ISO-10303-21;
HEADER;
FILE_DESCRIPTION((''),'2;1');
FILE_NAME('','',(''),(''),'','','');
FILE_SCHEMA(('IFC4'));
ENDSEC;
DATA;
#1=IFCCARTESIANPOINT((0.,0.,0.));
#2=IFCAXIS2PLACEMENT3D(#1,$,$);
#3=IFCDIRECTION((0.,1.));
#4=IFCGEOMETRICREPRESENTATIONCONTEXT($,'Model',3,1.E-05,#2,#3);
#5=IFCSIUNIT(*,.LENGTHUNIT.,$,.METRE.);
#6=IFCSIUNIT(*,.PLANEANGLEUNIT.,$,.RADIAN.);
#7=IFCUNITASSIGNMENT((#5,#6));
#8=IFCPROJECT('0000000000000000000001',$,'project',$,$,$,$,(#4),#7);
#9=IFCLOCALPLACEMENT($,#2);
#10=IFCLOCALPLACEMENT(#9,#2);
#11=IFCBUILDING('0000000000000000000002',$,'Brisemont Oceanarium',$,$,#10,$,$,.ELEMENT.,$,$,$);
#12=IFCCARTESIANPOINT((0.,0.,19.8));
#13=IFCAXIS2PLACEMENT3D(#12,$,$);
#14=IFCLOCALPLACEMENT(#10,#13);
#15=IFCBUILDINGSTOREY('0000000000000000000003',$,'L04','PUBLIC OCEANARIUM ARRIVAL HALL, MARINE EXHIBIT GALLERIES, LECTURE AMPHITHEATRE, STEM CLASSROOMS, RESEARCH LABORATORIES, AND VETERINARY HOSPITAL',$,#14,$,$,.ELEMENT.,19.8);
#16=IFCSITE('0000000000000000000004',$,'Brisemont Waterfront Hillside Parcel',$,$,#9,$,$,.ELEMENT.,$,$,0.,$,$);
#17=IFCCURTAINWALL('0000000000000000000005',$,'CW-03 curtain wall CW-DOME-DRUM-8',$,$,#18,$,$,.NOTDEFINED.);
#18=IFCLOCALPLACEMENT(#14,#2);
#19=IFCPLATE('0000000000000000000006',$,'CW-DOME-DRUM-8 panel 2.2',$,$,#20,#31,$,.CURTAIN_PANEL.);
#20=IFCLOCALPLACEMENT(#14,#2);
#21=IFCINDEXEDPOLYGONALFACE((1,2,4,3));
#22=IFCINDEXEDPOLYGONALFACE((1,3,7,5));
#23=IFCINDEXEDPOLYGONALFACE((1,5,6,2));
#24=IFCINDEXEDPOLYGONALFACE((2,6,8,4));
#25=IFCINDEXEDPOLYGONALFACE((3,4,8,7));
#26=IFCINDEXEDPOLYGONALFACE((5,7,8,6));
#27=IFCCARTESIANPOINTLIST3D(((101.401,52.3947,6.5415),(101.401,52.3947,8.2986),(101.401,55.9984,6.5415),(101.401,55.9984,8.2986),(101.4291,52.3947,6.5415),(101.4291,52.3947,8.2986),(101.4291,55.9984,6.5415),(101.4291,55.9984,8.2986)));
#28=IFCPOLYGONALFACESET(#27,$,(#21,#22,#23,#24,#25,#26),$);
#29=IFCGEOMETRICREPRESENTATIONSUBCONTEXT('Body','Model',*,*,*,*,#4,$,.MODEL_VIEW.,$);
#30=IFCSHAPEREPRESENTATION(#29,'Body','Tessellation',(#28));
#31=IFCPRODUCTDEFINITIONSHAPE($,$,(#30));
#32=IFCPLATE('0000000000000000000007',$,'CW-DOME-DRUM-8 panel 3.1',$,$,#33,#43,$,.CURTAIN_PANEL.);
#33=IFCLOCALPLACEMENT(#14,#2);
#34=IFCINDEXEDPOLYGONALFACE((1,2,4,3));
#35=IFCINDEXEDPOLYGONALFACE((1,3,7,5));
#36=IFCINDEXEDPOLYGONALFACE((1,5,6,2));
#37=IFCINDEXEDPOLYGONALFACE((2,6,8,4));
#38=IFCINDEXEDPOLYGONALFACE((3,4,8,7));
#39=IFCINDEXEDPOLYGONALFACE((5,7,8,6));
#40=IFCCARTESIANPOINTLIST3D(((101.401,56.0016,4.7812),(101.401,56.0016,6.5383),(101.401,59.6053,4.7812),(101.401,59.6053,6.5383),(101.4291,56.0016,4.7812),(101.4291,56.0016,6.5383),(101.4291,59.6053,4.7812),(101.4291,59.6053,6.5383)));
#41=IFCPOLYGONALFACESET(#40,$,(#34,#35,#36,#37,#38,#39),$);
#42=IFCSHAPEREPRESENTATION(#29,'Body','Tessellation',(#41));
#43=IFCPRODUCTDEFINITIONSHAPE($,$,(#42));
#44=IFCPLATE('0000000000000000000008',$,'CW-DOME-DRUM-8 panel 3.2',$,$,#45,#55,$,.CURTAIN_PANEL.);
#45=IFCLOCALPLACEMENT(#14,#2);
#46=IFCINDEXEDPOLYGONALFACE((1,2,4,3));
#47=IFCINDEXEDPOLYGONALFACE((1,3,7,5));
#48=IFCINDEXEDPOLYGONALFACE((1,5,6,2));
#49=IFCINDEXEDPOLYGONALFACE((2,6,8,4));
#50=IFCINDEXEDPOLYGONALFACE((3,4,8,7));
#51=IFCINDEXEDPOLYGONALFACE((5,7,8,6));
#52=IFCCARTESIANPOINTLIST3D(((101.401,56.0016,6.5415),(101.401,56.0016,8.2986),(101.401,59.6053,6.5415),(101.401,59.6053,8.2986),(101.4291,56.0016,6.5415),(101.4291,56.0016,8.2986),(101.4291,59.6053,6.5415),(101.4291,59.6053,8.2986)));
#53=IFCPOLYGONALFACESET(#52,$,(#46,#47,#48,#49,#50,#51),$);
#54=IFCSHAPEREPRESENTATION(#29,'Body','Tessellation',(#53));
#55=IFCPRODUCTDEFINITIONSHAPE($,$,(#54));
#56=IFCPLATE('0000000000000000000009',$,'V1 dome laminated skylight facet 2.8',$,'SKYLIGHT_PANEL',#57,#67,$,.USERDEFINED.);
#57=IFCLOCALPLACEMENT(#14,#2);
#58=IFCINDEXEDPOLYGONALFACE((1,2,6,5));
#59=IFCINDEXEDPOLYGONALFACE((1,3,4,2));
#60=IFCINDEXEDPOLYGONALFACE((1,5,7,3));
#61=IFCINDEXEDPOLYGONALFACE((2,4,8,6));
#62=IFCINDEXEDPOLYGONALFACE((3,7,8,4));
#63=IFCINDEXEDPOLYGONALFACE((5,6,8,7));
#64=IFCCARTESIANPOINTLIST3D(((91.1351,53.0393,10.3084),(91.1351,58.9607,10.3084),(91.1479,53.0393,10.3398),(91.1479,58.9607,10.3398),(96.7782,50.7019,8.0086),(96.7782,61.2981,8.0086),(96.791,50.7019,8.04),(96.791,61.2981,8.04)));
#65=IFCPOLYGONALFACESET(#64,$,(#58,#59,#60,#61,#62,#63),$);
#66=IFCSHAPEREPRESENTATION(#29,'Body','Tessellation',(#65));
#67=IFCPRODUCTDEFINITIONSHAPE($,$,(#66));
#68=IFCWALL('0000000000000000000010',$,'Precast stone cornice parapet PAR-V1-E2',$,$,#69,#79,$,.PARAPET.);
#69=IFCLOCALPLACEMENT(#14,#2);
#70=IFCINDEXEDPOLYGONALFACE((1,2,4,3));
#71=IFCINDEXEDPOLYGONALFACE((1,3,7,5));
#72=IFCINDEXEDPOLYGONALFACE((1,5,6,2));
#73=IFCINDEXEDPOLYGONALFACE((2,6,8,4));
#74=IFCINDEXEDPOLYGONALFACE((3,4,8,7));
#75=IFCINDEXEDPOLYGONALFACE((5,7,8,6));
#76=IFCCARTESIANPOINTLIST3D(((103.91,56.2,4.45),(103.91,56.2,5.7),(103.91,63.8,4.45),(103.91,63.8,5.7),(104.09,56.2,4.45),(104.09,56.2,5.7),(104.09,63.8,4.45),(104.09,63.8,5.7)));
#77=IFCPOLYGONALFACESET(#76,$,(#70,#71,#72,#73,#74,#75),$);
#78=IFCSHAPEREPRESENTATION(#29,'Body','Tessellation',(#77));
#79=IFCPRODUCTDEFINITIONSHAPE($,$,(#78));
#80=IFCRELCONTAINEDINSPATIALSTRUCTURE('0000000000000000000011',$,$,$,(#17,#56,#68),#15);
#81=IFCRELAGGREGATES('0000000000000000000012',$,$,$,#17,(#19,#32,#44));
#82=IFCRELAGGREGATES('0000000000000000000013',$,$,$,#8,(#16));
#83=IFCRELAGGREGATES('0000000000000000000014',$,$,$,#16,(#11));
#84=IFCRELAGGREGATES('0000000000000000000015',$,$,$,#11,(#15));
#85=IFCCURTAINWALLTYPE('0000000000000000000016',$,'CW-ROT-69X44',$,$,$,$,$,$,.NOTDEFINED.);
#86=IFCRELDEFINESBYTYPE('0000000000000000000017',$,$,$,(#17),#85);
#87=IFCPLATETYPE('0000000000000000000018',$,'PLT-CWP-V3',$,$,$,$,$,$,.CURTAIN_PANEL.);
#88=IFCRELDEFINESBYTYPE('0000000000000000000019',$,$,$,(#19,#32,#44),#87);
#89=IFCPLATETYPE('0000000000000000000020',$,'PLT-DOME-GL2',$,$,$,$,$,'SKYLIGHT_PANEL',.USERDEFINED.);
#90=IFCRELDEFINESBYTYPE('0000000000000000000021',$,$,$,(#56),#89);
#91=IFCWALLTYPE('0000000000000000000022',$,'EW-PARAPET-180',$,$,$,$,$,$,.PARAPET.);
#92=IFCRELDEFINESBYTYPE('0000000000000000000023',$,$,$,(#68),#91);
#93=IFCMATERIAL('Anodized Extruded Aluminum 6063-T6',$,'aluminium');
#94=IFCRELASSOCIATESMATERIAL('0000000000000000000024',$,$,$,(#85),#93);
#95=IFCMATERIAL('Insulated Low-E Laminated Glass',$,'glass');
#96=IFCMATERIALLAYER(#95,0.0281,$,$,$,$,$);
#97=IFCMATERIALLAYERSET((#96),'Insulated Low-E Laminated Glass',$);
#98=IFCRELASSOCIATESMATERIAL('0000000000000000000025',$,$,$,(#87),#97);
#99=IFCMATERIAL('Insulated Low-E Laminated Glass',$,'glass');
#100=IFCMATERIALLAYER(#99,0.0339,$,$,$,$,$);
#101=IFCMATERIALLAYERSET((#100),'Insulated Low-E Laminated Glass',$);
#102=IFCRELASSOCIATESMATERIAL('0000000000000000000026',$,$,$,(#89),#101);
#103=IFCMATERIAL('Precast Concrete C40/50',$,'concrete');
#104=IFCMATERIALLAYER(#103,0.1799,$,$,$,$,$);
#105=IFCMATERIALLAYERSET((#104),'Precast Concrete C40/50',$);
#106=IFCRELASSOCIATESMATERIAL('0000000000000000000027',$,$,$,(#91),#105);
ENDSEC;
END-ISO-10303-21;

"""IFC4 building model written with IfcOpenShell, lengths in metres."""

from ifc_helpers import new_model, si_unit, direction, frame, frame_2d, origin, origin_2d, place, context, subcontext, project, spatial, polyline, rectangle, outline, extrude, material, layer, layer_set, type_object, element, aggregate, save


model = new_model("IFC4")

# Units and contexts
model_context = context("Model", 3, precision=1e-05, world=origin(), true_north=direction((0.0, 1.0)))
body_context = subcontext(model_context, "Body", "Model", "MODEL_VIEW")
ifc_project = project(units=[si_unit("LENGTHUNIT", "METRE"), si_unit("PLANEANGLEUNIT", "RADIAN")], contexts=[model_context])

# Site, building, storey
site_placement = place(None, origin())
site = spatial("IfcSite", under=ifc_project, at=site_placement, Name="Brisemont Waterfront Hillside Parcel", CompositionType="ELEMENT", RefElevation=0.0)
building_placement = place(site_placement, origin())
building = spatial("IfcBuilding", under=site, at=building_placement, Name="Brisemont Oceanarium", CompositionType="ELEMENT")
storey_placement = place(building_placement, frame((0.0, 0.0, 19.8)))
storey = spatial("IfcBuildingStorey", under=building, at=storey_placement, Name="L04", Description="PUBLIC OCEANARIUM ARRIVAL HALL, MARINE EXHIBIT GALLERIES, LECTURE AMPHITHEATRE, STEM CLASSROOMS, RESEARCH LABORATORIES, AND VETERINARY HOSPITAL", CompositionType="ELEMENT", Elevation=19.8)

# Curtain wall
ifc_material_1 = material(Name="Anodized Extruded Aluminum 6063-T6", Category="aluminium")
curtain_wall_type_1 = type_object("IfcCurtainWallType", Name="CW-ROT-69X44", PredefinedType="NOTDEFINED", material=ifc_material_1)
curtain_wall_1_placement = place(storey_placement, origin())
curtain_wall_1 = element("IfcCurtainWall", 1, at=curtain_wall_1_placement, inside=storey, type_object=curtain_wall_type_1, Name="CW-03 curtain wall CW-DOME-DRUM-8", PredefinedType="NOTDEFINED")

# Plates
ifc_material_2 = material(Name="Insulated Low-E Laminated Glass", Category="glass")
ifc_layer_1 = layer(ifc_material_2, 0.0281)
ifc_layer_set_1 = layer_set([ifc_layer_1], Name="Insulated Low-E Laminated Glass")
plate_type_1 = type_object("IfcPlateType", Name="PLT-CWP-V3", PredefinedType="CURTAIN_PANEL", material=ifc_layer_set_1)
plate_1_placement = place(storey_placement, frame((101.415, 54.1965, 6.5415), z_axis=(0.0, 0.0, 1.0), x_axis=(0.0, 1.0, 0.0)))
plate_1 = element("IfcPlate", 2, at=plate_1_placement, type_object=plate_type_1, Name="CW-DOME-DRUM-8 panel 2.2", PredefinedType="CURTAIN_PANEL", context=body_context, shape_type="SweptSolid", body=[
    extrude(rectangle(XDim=3.6038, YDim=0.0281, at=origin_2d()), origin(), (0.0, 0.0, 1.0), 1.7571),
])
plate_2_placement = place(storey_placement, frame((101.415, 57.8035, 4.7812), z_axis=(0.0, 0.0, 1.0), x_axis=(0.0, 1.0, 0.0)))
plate_2 = element("IfcPlate", 3, at=plate_2_placement, type_object=plate_type_1, Name="CW-DOME-DRUM-8 panel 3.1", PredefinedType="CURTAIN_PANEL", context=body_context, shape_type="SweptSolid", body=[
    extrude(rectangle(XDim=3.6038, YDim=0.0281, at=origin_2d()), origin(), (0.0, 0.0, 1.0), 1.7571),
])
plate_3_placement = place(storey_placement, frame((101.415, 57.8035, 6.5415), z_axis=(0.0, 0.0, 1.0), x_axis=(0.0, 1.0, 0.0)))
plate_3 = element("IfcPlate", 4, at=plate_3_placement, type_object=plate_type_1, Name="CW-DOME-DRUM-8 panel 3.2", PredefinedType="CURTAIN_PANEL", context=body_context, shape_type="SweptSolid", body=[
    extrude(rectangle(XDim=3.6038, YDim=0.0281, at=origin_2d()), origin(), (0.0, 0.0, 1.0), 1.7571),
])
aggregate(curtain_wall_1, [plate_1, plate_2, plate_3])
ifc_material_3 = material(Name="Insulated Low-E Laminated Glass", Category="glass")
ifc_layer_2 = layer(ifc_material_3, 0.0339)
ifc_layer_set_2 = layer_set([ifc_layer_2], Name="Insulated Low-E Laminated Glass")
plate_type_2 = type_object("IfcPlateType", Name="PLT-DOME-GL2", ElementType="SKYLIGHT_PANEL", PredefinedType="USERDEFINED", material=ifc_layer_set_2)
plate_4_placement = place(storey_placement, frame((96.791, 50.7019, 8.04), z_axis=(0.377406, 0.0, 0.926048), x_axis=(0.0, 1.0, 0.0)))
element("IfcPlate", 5, at=plate_4_placement, inside=storey, type_object=plate_type_2, Name="V1 dome laminated skylight facet 2.8", ObjectType="SKYLIGHT_PANEL", PredefinedType="USERDEFINED", context=body_context, shape_type="SweptSolid", body=[
    extrude(outline(polyline([(0.0, 0.0), (10.5962, 0.0), (8.2588, 6.0937), (2.3374, 6.0937), (0.0, 0.0)])), origin(), (0.0, 0.0, -1.0), 0.0339),
])

# Wall
ifc_material_4 = material(Name="Precast Concrete C40/50", Category="concrete")
ifc_layer_3 = layer(ifc_material_4, 0.1799)
ifc_layer_set_3 = layer_set([ifc_layer_3], Name="Precast Concrete C40/50")
wall_type = type_object("IfcWallType", Name="EW-PARAPET-180", PredefinedType="PARAPET", material=ifc_layer_set_3)
wall_placement = place(storey_placement, frame((104.0, 56.2, 4.45), z_axis=(0.0, 0.0, 1.0), x_axis=(0.0, 1.0, 0.0)))
element("IfcWall", 6, at=wall_placement, inside=storey, type_object=wall_type, Name="Precast stone cornice parapet PAR-V1-E2", PredefinedType="PARAPET", context=body_context, shape_type="SweptSolid", body=[
    extrude(rectangle(XDim=7.6001, YDim=0.1799, at=frame_2d((3.8, 0.0))), origin(), (0.0, 0.0, 1.0), 1.25),
])

save(model, "model.ifc")
